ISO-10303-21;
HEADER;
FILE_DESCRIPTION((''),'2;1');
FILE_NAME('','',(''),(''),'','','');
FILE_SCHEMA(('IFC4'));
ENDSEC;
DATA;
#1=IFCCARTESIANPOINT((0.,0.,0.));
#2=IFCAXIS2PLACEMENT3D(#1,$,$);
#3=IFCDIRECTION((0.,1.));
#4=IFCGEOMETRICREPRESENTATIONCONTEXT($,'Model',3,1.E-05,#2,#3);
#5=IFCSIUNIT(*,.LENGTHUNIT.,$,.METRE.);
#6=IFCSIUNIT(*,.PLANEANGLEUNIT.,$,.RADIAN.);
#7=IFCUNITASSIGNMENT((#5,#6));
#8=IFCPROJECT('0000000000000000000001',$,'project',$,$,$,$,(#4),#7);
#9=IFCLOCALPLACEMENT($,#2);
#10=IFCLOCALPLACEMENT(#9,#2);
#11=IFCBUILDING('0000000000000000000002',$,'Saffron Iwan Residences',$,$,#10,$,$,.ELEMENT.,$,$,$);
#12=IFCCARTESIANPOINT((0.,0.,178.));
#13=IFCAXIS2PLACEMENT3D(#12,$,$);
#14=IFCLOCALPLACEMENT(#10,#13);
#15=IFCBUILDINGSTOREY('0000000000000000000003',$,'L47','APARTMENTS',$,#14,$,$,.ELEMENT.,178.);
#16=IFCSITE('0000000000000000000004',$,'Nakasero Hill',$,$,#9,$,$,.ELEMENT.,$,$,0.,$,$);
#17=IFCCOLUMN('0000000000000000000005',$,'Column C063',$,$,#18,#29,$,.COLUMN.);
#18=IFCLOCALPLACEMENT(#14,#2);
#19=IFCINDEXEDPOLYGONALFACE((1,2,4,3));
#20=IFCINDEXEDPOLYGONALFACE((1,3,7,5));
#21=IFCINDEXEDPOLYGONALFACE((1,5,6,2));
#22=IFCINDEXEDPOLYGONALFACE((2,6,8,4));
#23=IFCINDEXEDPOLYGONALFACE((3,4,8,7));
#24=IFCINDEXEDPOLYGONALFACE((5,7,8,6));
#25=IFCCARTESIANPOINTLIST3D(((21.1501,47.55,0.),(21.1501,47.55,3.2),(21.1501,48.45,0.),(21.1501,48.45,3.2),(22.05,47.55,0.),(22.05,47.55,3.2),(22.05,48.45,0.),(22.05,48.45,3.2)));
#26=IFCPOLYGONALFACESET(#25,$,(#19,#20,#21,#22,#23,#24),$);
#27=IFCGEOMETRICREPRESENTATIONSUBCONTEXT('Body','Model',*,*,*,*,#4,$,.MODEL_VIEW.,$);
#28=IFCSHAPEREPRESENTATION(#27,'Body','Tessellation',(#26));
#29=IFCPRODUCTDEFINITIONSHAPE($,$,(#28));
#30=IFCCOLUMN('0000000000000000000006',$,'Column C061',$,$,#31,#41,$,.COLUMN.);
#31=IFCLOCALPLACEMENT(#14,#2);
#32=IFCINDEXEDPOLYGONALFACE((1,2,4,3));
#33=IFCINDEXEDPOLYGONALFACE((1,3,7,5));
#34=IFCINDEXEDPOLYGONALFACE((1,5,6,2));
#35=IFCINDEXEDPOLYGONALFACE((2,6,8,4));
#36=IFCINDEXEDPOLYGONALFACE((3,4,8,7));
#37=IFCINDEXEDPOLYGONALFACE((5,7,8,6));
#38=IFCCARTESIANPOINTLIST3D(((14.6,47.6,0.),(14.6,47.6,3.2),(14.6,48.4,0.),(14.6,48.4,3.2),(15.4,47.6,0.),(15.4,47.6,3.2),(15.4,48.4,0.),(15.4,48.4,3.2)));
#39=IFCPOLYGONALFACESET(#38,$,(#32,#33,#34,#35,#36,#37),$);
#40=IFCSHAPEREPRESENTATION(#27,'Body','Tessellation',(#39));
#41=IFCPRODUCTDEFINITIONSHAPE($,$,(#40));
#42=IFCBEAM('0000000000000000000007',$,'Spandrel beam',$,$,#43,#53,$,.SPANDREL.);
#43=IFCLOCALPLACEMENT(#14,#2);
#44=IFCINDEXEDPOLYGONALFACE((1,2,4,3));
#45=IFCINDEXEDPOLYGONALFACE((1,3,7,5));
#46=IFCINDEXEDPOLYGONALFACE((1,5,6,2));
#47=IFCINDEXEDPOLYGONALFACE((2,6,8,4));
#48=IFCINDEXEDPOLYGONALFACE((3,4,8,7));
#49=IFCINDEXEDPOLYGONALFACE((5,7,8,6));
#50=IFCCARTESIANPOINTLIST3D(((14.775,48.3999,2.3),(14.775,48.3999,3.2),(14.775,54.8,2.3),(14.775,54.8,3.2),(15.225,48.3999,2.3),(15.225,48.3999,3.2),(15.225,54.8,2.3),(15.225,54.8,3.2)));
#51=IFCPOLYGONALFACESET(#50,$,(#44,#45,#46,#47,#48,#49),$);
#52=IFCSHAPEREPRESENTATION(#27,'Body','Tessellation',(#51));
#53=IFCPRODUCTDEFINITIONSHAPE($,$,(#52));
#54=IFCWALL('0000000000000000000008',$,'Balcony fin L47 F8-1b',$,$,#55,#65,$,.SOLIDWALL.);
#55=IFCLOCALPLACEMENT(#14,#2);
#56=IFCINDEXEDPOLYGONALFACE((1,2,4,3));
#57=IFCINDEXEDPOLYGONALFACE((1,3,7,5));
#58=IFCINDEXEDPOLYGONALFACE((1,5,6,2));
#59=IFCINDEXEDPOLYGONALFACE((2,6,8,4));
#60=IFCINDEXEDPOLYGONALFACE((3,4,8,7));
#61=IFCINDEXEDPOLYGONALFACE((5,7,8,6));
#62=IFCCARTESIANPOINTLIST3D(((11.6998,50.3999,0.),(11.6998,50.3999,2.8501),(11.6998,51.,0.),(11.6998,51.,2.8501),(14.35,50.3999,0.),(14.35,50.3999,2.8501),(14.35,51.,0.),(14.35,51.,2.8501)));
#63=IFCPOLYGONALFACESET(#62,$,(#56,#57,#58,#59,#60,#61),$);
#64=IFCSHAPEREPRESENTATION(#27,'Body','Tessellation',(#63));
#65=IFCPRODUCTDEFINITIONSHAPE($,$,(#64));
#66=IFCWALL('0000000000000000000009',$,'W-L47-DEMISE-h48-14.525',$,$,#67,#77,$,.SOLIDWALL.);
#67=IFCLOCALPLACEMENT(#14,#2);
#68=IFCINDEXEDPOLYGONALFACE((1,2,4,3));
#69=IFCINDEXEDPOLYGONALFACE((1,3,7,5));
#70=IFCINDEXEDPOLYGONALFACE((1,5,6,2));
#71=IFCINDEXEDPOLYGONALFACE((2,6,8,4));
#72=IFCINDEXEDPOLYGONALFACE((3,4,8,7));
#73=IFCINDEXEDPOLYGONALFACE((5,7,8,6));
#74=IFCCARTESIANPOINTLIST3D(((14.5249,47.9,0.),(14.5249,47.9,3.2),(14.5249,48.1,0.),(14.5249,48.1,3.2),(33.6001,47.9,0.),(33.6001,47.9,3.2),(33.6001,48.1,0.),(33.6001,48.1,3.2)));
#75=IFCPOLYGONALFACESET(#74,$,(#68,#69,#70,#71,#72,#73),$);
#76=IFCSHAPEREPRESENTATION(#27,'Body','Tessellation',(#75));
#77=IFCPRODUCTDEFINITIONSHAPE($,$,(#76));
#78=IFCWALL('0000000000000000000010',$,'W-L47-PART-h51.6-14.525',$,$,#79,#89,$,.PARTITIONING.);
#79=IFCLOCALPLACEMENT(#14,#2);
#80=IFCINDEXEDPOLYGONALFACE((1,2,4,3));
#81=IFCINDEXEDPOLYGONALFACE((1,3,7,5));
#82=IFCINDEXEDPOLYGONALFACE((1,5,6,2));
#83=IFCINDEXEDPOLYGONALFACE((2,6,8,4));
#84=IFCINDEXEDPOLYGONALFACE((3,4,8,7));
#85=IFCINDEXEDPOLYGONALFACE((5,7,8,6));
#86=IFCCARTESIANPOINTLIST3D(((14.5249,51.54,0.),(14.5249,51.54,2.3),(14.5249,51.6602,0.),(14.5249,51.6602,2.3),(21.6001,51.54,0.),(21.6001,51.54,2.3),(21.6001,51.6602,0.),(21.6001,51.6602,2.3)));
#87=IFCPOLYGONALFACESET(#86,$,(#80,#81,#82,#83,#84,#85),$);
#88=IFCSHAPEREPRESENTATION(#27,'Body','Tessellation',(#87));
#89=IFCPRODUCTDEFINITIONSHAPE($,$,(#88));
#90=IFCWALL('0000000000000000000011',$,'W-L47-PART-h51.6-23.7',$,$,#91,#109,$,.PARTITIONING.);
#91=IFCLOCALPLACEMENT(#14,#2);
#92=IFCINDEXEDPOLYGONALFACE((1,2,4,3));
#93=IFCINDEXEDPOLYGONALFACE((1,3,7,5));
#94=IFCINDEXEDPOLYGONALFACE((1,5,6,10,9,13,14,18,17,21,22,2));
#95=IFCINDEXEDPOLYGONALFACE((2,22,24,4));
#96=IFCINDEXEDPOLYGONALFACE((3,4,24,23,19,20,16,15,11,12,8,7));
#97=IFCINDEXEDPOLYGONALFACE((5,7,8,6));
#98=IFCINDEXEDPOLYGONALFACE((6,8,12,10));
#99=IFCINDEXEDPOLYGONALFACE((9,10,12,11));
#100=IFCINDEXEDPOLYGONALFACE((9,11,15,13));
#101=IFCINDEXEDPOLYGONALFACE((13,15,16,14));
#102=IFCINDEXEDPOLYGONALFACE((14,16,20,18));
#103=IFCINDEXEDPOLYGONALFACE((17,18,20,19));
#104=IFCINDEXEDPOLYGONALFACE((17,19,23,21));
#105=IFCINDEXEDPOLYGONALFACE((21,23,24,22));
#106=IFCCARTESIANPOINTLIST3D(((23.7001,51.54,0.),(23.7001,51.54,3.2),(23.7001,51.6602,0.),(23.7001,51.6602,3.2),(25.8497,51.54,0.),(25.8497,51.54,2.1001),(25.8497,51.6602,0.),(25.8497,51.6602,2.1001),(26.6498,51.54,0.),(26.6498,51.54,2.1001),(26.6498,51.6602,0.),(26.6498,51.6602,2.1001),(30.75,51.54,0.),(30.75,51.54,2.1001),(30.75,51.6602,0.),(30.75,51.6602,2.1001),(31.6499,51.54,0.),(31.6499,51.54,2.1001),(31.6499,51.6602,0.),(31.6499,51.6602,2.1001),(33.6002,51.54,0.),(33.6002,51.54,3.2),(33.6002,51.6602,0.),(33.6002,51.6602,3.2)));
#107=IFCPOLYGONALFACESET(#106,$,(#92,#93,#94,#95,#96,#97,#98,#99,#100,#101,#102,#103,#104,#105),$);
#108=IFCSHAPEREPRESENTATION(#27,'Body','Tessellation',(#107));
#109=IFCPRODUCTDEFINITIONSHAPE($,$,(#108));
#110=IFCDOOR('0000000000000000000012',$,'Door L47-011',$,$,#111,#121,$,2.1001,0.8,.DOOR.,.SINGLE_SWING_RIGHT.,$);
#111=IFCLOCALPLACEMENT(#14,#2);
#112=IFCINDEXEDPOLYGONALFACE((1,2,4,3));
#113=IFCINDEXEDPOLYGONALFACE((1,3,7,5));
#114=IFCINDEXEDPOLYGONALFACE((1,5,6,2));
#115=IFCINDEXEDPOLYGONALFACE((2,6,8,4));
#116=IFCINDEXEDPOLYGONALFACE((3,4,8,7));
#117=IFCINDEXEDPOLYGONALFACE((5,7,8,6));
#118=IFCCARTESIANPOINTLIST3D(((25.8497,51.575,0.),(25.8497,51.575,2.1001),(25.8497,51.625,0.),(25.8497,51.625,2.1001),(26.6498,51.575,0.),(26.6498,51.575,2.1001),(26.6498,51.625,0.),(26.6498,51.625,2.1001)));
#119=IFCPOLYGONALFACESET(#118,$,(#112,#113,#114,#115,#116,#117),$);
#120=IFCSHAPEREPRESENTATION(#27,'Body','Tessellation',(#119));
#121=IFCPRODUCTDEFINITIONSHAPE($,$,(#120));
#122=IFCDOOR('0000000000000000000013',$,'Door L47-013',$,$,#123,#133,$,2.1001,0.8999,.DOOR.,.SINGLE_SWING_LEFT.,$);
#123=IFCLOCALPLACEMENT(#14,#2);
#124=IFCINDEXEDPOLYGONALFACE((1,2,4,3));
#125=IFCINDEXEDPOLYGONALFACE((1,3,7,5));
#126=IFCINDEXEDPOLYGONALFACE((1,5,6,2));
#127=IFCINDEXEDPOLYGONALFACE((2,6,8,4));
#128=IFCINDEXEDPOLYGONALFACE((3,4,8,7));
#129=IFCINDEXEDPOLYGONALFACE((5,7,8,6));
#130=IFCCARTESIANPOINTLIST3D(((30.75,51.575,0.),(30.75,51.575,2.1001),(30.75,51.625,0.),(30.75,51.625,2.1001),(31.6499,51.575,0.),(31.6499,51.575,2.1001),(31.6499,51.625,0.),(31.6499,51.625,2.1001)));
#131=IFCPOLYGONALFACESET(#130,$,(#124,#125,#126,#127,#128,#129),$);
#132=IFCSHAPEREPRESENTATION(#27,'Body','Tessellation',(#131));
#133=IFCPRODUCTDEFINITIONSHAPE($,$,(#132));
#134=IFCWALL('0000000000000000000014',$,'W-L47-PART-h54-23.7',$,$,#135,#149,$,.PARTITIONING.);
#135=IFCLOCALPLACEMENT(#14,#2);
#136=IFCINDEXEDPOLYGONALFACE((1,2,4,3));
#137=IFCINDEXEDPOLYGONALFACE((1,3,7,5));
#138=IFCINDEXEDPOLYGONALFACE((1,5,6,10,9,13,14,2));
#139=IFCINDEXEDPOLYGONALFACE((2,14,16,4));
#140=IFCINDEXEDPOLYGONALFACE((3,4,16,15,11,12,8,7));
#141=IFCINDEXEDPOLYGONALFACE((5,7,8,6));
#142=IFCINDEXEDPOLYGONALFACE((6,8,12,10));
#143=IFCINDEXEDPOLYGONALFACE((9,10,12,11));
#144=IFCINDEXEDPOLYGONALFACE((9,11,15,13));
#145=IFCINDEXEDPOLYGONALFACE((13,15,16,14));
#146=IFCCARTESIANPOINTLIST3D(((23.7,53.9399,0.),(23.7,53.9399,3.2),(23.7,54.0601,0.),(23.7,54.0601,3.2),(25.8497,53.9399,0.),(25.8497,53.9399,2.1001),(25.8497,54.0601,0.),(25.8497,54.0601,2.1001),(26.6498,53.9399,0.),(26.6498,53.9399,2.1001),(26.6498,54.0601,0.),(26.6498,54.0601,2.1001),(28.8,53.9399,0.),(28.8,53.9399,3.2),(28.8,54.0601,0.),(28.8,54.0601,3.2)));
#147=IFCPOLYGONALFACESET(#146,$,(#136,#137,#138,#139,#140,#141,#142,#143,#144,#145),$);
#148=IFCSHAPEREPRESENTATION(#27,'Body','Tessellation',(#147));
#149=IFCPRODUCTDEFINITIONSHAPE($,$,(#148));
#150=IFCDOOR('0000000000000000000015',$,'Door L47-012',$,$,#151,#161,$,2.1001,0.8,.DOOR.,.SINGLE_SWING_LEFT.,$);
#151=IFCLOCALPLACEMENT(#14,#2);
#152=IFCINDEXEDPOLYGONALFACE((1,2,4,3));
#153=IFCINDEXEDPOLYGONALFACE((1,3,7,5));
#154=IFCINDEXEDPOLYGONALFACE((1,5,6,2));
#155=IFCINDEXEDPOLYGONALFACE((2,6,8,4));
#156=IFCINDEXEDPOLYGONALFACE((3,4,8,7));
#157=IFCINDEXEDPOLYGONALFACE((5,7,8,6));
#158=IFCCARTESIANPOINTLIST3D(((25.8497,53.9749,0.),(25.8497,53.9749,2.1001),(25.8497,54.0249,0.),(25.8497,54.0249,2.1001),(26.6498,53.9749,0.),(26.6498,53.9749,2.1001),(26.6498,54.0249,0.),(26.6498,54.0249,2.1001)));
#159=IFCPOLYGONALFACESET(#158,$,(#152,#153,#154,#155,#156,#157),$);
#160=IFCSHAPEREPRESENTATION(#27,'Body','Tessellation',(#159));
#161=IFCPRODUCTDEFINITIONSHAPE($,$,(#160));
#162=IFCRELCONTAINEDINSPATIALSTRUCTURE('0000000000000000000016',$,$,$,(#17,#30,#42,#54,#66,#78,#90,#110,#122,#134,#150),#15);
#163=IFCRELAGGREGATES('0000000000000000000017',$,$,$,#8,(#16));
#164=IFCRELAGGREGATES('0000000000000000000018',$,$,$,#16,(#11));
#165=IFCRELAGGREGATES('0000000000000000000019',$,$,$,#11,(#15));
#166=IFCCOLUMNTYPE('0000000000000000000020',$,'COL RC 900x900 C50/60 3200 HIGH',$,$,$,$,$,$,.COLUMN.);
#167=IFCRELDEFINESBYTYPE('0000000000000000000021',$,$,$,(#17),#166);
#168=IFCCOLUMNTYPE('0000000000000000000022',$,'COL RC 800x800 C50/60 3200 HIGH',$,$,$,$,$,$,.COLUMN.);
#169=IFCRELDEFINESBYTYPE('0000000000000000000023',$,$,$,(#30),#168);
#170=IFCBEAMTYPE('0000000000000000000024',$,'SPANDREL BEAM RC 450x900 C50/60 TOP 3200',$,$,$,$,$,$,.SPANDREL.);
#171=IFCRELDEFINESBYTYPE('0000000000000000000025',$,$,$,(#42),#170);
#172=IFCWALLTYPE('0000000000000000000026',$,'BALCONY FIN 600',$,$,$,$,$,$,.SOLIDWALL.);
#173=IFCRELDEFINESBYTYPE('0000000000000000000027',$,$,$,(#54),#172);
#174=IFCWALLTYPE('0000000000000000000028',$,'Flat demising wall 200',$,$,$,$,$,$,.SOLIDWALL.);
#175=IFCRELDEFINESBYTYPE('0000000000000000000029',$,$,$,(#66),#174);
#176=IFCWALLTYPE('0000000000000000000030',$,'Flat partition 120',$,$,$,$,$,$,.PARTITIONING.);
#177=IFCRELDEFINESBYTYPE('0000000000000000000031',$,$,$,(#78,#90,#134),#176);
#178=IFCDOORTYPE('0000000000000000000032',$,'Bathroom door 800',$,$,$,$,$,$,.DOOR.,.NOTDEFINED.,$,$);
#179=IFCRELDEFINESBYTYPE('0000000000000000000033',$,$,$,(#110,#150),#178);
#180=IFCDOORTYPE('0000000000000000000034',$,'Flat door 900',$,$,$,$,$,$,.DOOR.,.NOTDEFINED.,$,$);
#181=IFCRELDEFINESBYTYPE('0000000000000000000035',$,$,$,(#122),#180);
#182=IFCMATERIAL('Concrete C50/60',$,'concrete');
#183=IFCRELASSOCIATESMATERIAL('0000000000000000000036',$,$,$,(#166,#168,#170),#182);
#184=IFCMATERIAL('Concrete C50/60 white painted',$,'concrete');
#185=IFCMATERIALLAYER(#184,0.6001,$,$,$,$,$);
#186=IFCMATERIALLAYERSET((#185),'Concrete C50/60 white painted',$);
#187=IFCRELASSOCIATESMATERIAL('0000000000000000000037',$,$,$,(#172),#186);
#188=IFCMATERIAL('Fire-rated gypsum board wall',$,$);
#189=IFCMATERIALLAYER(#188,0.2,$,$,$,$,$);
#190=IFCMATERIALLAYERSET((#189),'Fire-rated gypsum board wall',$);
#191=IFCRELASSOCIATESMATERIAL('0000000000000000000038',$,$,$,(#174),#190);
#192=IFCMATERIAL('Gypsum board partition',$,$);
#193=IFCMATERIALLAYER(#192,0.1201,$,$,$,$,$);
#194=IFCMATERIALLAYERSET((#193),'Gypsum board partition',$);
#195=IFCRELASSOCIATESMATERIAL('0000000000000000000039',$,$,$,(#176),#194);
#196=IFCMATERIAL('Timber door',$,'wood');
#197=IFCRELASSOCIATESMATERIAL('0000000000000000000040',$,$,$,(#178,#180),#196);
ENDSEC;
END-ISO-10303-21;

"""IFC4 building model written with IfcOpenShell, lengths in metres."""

from ifc_helpers import new_model, si_unit, direction, frame, frame_2d, origin, origin_2d, place, context, subcontext, project, spatial, rectangle, extrude, source, transform, mapped, material, layer, layer_set, material_profile, profile_set, type_object, element, fill, save


model = new_model("IFC4")

# Units and contexts
model_context = context("Model", 3, precision=1e-05, world=origin(), true_north=direction((0.0, 1.0)))
body_context = subcontext(model_context, "Body", "Model", "MODEL_VIEW")
ifc_project = project(units=[si_unit("LENGTHUNIT", "METRE"), si_unit("PLANEANGLEUNIT", "RADIAN")], contexts=[model_context])

# Site, building, storey
site_placement = place(None, origin())
site = spatial("IfcSite", under=ifc_project, at=site_placement, Name="Nakasero Hill", CompositionType="ELEMENT", RefElevation=0.0)
building_placement = place(site_placement, origin())
building = spatial("IfcBuilding", under=site, at=building_placement, Name="Saffron Iwan Residences", CompositionType="ELEMENT")
storey_placement = place(building_placement, frame((0.0, 0.0, 178.0)))
storey = spatial("IfcBuildingStorey", under=building, at=storey_placement, Name="L47", Description="APARTMENTS", CompositionType="ELEMENT", Elevation=178.0)

# Columns
ifc_material_1 = material(Name="Concrete C50/60", Category="concrete")
ifc_material_profile_1 = material_profile(ifc_material_1, rectangle(XDim=0.8999, YDim=0.8999, at=origin_2d()), Name="RC 900x900")
ifc_profile_set_1 = profile_set([ifc_material_profile_1], Name="Concrete C50/60")
column_type_1 = type_object("IfcColumnType", Name="COL RC 900x900 C50/60 3200 HIGH", PredefinedType="COLUMN", material=ifc_profile_set_1)
shared_shape_1 = source(origin(), body_context, "Body", "SweptSolid", [
    extrude(rectangle(XDim=0.8999, YDim=0.8999, at=origin_2d()), origin(), (0.0, 0.0, 1.0), 3.2),
])
column_1_placement = place(storey_placement, frame((21.6001, 48.0, 0.0), z_axis=(0.0, 0.0, 1.0), x_axis=(1.0, 0.0, 0.0)))
element("IfcColumn", 1, at=column_1_placement, inside=storey, type_object=column_type_1, Name="Column C063", PredefinedType="COLUMN", context=body_context, shape_type="MappedRepresentation", body=[
    mapped(shared_shape_1, transform((0.0, 0.0, 0.0))),
])
ifc_material_profile_2 = material_profile(ifc_material_1, rectangle(XDim=0.8, YDim=0.8, at=origin_2d()), Name="RC 800x800")
ifc_profile_set_2 = profile_set([ifc_material_profile_2], Name="Concrete C50/60")
column_type_2 = type_object("IfcColumnType", Name="COL RC 800x800 C50/60 3200 HIGH", PredefinedType="COLUMN", material=ifc_profile_set_2)
shared_shape_2 = source(origin(), body_context, "Body", "SweptSolid", [
    extrude(rectangle(XDim=0.8, YDim=0.8, at=origin_2d()), origin(), (0.0, 0.0, 1.0), 3.2),
])
column_2_placement = place(storey_placement, frame((15.0, 48.0, 0.0), z_axis=(0.0, 0.0, 1.0), x_axis=(1.0, 0.0, 0.0)))
element("IfcColumn", 2, at=column_2_placement, inside=storey, type_object=column_type_2, Name="Column C061", PredefinedType="COLUMN", context=body_context, shape_type="MappedRepresentation", body=[
    mapped(shared_shape_2, transform((0.0, 0.0, 0.0))),
])

# Beam
ifc_material_profile_3 = material_profile(ifc_material_1, rectangle(XDim=0.45, YDim=0.8999, at=origin_2d()), Name="RC 450x900")
ifc_profile_set_3 = profile_set([ifc_material_profile_3], Name="Concrete C50/60")
beam_type = type_object("IfcBeamType", Name="SPANDREL BEAM RC 450x900 C50/60 TOP 3200", PredefinedType="SPANDREL", material=ifc_profile_set_3)
shared_shape_3 = source(origin(), body_context, "Body", "SweptSolid", [
    extrude(rectangle(XDim=0.45, YDim=0.8999, at=origin_2d()), origin(), (0.0, 0.0, 1.0), 6.4001),
])
beam_placement = place(storey_placement, frame((15.0, 48.3999, 2.75), z_axis=(0.0, 1.0, 0.0), x_axis=(-1.0, 0.0, 0.0)))
element("IfcBeam", 3, at=beam_placement, inside=storey, type_object=beam_type, Name="Spandrel beam", PredefinedType="SPANDREL", context=body_context, shape_type="MappedRepresentation", body=[
    mapped(shared_shape_3, transform((0.0, 0.0, 0.0))),
])

# Walls
ifc_material_2 = material(Name="Concrete C50/60 white painted", Category="concrete")
ifc_layer_1 = layer(ifc_material_2, 0.6001)
ifc_layer_set_1 = layer_set([ifc_layer_1], Name="Concrete C50/60 white painted")
wall_type_1 = type_object("IfcWallType", Name="BALCONY FIN 600", PredefinedType="SOLIDWALL", material=ifc_layer_set_1)
wall_1_placement = place(storey_placement, frame((14.3501, 50.7, 0.0), z_axis=(0.0, 0.0, 1.0), x_axis=(-1.0, 0.0, 0.0)))
element("IfcWall", 4, at=wall_1_placement, inside=storey, type_object=wall_type_1, Name="Balcony fin L47 F8-1b", PredefinedType="SOLIDWALL", context=body_context, shape_type="SweptSolid", body=[
    extrude(rectangle(XDim=2.6501, YDim=0.6001, at=frame_2d((1.3252, 0.0))), origin(), (0.0, 0.0, 1.0), 2.8501),
])
ifc_material_3 = material(Name="Fire-rated gypsum board wall")
ifc_layer_2 = layer(ifc_material_3, 0.2)
ifc_layer_set_2 = layer_set([ifc_layer_2], Name="Fire-rated gypsum board wall")
wall_type_2 = type_object("IfcWallType", Name="Flat demising wall 200", PredefinedType="SOLIDWALL", material=ifc_layer_set_2)
wall_2_placement = place(storey_placement, frame((14.5249, 48.0, 0.0), z_axis=(0.0, 0.0, 1.0), x_axis=(1.0, 0.0, 0.0)))
element("IfcWall", 5, at=wall_2_placement, inside=storey, type_object=wall_type_2, Name="W-L47-DEMISE-h48-14.525", PredefinedType="SOLIDWALL", context=body_context, shape_type="SweptSolid", body=[
    extrude(rectangle(XDim=19.0752, YDim=0.2, at=frame_2d((9.5376, 0.0))), origin(), (0.0, 0.0, 1.0), 3.2),
])
ifc_material_4 = material(Name="Gypsum board partition")
ifc_layer_3 = layer(ifc_material_4, 0.1201)
ifc_layer_set_3 = layer_set([ifc_layer_3], Name="Gypsum board partition")
wall_type_3 = type_object("IfcWallType", Name="Flat partition 120", PredefinedType="PARTITIONING", material=ifc_layer_set_3)
wall_3_placement = place(storey_placement, frame((14.5249, 51.6001, 0.0), z_axis=(0.0, 0.0, 1.0), x_axis=(1.0, 0.0, 0.0)))
element("IfcWall", 6, at=wall_3_placement, inside=storey, type_object=wall_type_3, Name="W-L47-PART-h51.6-14.525", PredefinedType="PARTITIONING", context=body_context, shape_type="SweptSolid", body=[
    extrude(rectangle(XDim=7.0752, YDim=0.1201, at=frame_2d((3.5376, 0.0))), origin(), (0.0, 0.0, 1.0), 2.3),
])

# Wall, openings, doors
wall_4_placement = place(storey_placement, frame((23.7, 51.6001, 0.0), z_axis=(0.0, 0.0, 1.0), x_axis=(1.0, 0.0, 0.0)))
wall_4 = element("IfcWall", 7, at=wall_4_placement, inside=storey, type_object=wall_type_3, Name="W-L47-PART-h51.6-23.7", PredefinedType="PARTITIONING", context=body_context, shape_type="SweptSolid", body=[
    extrude(rectangle(XDim=9.9001, YDim=0.1201, at=frame_2d((4.9502, 0.0))), origin(), (0.0, 0.0, 1.0), 3.2),
])
opening_1_placement = place(wall_4_placement, frame((2.1499, 0.0, 0.0)))
opening_1 = element("IfcOpeningElement", 8, at=opening_1_placement, cuts=wall_4, PredefinedType="OPENING", context=body_context, shape_type="SweptSolid", body=[
    extrude(rectangle(XDim=0.8, YDim=2.1001, at=frame_2d((0.3999, 1.05))), frame((0.0, 0.0701, 0.0), z_axis=(0.0, -1.0, 0.0), x_axis=(1.0, 0.0, 0.0)), (0.0, 0.0, 1.0), 0.1401),
])
opening_2_placement = place(wall_4_placement, frame((7.05, 0.0, 0.0)))
opening_2 = element("IfcOpeningElement", 9, at=opening_2_placement, cuts=wall_4, PredefinedType="OPENING", context=body_context, shape_type="SweptSolid", body=[
    extrude(rectangle(XDim=0.8999, YDim=2.1001, at=frame_2d((0.45, 1.05))), frame((0.0, 0.0701, 0.0), z_axis=(0.0, -1.0, 0.0), x_axis=(1.0, 0.0, 0.0)), (0.0, 0.0, 1.0), 0.1401),
])
ifc_material_5 = material(Name="Timber door", Category="wood")
door_type_1 = type_object("IfcDoorType", Name="Bathroom door 800", OperationType="NOTDEFINED", PredefinedType="DOOR", material=ifc_material_5)
door_1_placement = place(opening_1_placement, origin())
door_1 = element("IfcDoor", 10, at=door_1_placement, inside=storey, type_object=door_type_1, Name="Door L47-011", OperationType="SINGLE_SWING_RIGHT", OverallHeight=2.1001, OverallWidth=0.8, PredefinedType="DOOR", context=body_context, shape_type="SweptSolid", body=[
    extrude(rectangle(XDim=0.8, YDim=2.1001, at=frame_2d((0.3999, 1.05))), frame((0.0, 0.0249, 0.0), z_axis=(0.0, -1.0, 0.0), x_axis=(1.0, 0.0, 0.0)), (0.0, 0.0, 1.0), 0.05),
])
fill(opening_1, door_1)
door_type_2 = type_object("IfcDoorType", Name="Flat door 900", OperationType="NOTDEFINED", PredefinedType="DOOR", material=ifc_material_5)
door_2_placement = place(opening_2_placement, origin())
door_2 = element("IfcDoor", 11, at=door_2_placement, inside=storey, type_object=door_type_2, Name="Door L47-013", OperationType="SINGLE_SWING_LEFT", OverallHeight=2.1001, OverallWidth=0.8999, PredefinedType="DOOR", context=body_context, shape_type="SweptSolid", body=[
    extrude(rectangle(XDim=0.8999, YDim=2.1001, at=frame_2d((0.45, 1.05))), frame((0.0, 0.0249, 0.0), z_axis=(0.0, -1.0, 0.0), x_axis=(1.0, 0.0, 0.0)), (0.0, 0.0, 1.0), 0.05),
])
fill(opening_2, door_2)

# Wall, opening, door
wall_5_placement = place(storey_placement, frame((23.7, 54.0, 0.0), z_axis=(0.0, 0.0, 1.0), x_axis=(1.0, 0.0, 0.0)))
wall_5 = element("IfcWall", 12, at=wall_5_placement, inside=storey, type_object=wall_type_3, Name="W-L47-PART-h54-23.7", PredefinedType="PARTITIONING", context=body_context, shape_type="SweptSolid", body=[
    extrude(rectangle(XDim=5.1001, YDim=0.1201, at=frame_2d((2.55, 0.0))), origin(), (0.0, 0.0, 1.0), 3.2),
])
opening_3_placement = place(wall_5_placement, frame((2.1499, 0.0, 0.0)))
opening_3 = element("IfcOpeningElement", 13, at=opening_3_placement, cuts=wall_5, PredefinedType="OPENING", context=body_context, shape_type="SweptSolid", body=[
    extrude(rectangle(XDim=0.8, YDim=2.1001, at=frame_2d((0.3999, 1.05))), frame((0.0, 0.0701, 0.0), z_axis=(0.0, -1.0, 0.0), x_axis=(1.0, 0.0, 0.0)), (0.0, 0.0, 1.0), 0.1401),
])
door_3_placement = place(opening_3_placement, origin())
door_3 = element("IfcDoor", 14, at=door_3_placement, inside=storey, type_object=door_type_1, Name="Door L47-012", OperationType="SINGLE_SWING_LEFT", OverallHeight=2.1001, OverallWidth=0.8, PredefinedType="DOOR", context=body_context, shape_type="SweptSolid", body=[
    extrude(rectangle(XDim=0.8, YDim=2.1001, at=frame_2d((0.3999, 1.05))), frame((0.0, 0.0249, 0.0), z_axis=(0.0, -1.0, 0.0), x_axis=(1.0, 0.0, 0.0)), (0.0, 0.0, 1.0), 0.05),
])
fill(opening_3, door_3)

save(model, "model.ifc")
